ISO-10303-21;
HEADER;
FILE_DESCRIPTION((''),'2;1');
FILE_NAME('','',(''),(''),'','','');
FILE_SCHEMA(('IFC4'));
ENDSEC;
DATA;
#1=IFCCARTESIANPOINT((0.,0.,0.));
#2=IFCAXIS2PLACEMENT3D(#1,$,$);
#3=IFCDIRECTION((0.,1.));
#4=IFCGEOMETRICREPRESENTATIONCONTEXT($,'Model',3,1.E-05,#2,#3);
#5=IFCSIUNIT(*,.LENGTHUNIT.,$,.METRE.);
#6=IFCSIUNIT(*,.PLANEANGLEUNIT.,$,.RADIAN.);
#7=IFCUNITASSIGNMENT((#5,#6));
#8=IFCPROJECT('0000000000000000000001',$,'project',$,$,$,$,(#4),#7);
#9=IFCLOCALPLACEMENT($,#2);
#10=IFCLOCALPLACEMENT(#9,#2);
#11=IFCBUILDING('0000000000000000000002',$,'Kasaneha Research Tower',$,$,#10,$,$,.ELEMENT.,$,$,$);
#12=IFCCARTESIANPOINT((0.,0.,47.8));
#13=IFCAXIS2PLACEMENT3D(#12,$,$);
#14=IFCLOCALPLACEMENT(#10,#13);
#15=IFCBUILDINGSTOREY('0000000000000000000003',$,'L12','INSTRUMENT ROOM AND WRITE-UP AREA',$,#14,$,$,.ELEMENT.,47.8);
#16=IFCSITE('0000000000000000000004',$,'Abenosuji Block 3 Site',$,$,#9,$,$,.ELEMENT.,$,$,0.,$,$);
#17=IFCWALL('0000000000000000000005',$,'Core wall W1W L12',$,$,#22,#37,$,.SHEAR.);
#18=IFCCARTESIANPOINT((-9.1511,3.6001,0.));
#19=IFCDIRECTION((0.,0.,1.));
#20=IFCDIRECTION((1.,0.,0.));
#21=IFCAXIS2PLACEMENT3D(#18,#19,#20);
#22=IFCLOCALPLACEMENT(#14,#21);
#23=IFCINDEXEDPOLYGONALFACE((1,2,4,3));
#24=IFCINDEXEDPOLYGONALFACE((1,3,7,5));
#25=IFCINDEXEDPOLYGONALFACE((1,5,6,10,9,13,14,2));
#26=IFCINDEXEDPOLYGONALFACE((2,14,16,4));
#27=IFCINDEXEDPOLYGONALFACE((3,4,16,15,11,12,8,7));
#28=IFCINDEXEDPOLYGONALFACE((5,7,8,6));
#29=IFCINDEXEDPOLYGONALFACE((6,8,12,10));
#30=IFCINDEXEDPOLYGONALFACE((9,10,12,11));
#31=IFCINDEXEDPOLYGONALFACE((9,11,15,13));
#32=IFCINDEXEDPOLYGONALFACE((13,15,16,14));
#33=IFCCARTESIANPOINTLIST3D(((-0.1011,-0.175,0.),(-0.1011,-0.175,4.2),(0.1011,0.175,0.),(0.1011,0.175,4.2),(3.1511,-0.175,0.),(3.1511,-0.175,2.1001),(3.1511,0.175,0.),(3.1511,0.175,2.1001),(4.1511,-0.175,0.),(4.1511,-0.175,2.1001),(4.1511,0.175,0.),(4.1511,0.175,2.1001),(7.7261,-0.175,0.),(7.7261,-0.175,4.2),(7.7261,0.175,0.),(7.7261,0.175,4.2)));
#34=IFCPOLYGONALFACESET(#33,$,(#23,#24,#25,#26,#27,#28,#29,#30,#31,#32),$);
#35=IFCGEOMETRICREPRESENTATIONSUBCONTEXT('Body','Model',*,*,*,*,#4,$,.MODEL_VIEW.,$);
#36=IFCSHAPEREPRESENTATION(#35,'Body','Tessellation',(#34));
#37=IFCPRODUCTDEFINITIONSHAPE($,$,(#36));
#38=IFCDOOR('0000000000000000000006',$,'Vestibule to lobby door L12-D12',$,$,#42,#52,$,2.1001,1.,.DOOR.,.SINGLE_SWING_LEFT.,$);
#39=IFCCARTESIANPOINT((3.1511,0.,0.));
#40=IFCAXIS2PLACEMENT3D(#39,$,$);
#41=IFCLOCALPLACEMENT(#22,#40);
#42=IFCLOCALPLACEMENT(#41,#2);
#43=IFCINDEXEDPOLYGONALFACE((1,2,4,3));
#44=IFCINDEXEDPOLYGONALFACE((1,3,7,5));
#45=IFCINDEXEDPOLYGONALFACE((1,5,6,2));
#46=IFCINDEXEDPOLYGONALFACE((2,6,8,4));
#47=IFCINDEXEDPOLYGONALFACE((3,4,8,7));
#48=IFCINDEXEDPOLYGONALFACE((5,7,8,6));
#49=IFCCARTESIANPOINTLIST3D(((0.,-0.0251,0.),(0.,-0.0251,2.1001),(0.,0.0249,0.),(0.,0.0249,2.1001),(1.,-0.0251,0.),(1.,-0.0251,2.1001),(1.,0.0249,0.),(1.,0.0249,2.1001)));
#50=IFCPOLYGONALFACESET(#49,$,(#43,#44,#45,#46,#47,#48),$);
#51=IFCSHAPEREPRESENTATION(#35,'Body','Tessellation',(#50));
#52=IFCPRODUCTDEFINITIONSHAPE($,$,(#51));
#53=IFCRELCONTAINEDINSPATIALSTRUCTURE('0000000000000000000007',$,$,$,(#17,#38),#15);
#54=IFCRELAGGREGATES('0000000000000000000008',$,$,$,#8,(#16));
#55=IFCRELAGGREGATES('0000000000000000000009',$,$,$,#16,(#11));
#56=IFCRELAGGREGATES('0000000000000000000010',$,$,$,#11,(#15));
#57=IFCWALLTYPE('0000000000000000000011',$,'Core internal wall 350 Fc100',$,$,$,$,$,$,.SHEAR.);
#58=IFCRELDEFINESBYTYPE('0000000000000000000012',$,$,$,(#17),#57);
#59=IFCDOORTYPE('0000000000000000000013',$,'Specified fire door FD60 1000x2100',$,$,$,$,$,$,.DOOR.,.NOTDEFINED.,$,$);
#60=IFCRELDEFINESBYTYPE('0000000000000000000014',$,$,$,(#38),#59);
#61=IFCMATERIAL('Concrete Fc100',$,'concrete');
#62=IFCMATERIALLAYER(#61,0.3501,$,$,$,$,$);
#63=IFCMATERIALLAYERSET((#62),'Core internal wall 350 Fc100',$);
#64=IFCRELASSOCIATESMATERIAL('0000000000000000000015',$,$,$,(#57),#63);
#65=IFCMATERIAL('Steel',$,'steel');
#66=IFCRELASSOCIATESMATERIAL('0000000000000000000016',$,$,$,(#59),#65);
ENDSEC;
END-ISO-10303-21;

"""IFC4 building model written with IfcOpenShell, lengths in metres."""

from ifc_helpers import new_model, si_unit, direction, frame, frame_2d, origin, place, context, subcontext, project, spatial, polyline, rectangle, outline, extrude, material, layer, layer_set, type_object, element, fill, save


model = new_model("IFC4")

# Units and contexts
model_context = context("Model", 3, precision=1e-05, world=origin(), true_north=direction((0.0, 1.0)))
body_context = subcontext(model_context, "Body", "Model", "MODEL_VIEW")
ifc_project = project(units=[si_unit("LENGTHUNIT", "METRE"), si_unit("PLANEANGLEUNIT", "RADIAN")], contexts=[model_context])

# Site, building, storey
site_placement = place(None, origin())
site = spatial("IfcSite", under=ifc_project, at=site_placement, Name="Abenosuji Block 3 Site", CompositionType="ELEMENT", RefElevation=0.0)
building_placement = place(site_placement, origin())
building = spatial("IfcBuilding", under=site, at=building_placement, Name="Kasaneha Research Tower", CompositionType="ELEMENT")
storey_placement = place(building_placement, frame((0.0, 0.0, 47.8)))
storey = spatial("IfcBuildingStorey", under=building, at=storey_placement, Name="L12", Description="INSTRUMENT ROOM AND WRITE-UP AREA", CompositionType="ELEMENT", Elevation=47.8)

# Wall, opening, door
ifc_material_1 = material(Name="Concrete Fc100", Category="concrete")
ifc_layer_1 = layer(ifc_material_1, 0.3501)
ifc_layer_set_1 = layer_set([ifc_layer_1], Name="Core internal wall 350 Fc100")
wall_type_1 = type_object("IfcWallType", Name="Core internal wall 350 Fc100", PredefinedType="SHEAR", material=ifc_layer_set_1)
wall_1_placement = place(storey_placement, frame((-9.1511, 3.6001, 0.0), z_axis=(0.0, 0.0, 1.0), x_axis=(1.0, 0.0, 0.0)))
wall_1 = element("IfcWall", 1, at=wall_1_placement, inside=storey, type_object=wall_type_1, Name="Core wall W1W L12", PredefinedType="SHEAR", context=body_context, shape_type="SweptSolid", body=[
    extrude(outline(polyline([(-0.1011, -0.175), (3.1511, -0.175), (4.1511, -0.175), (7.7261, -0.175), (7.7261, 0.175), (4.1511, 0.175), (3.1511, 0.175), (0.1011, 0.175), (-0.1011, -0.175)])), origin(), (0.0, 0.0, 1.0), 4.2),
])
opening_1_placement = place(wall_1_placement, frame((3.1511, 0.0, 0.0)))
opening_1 = element("IfcOpeningElement", 2, at=opening_1_placement, cuts=wall_1, PredefinedType="OPENING", context=body_context, shape_type="SweptSolid", body=[
    extrude(rectangle(XDim=1.0, YDim=2.1001, at=frame_2d((0.5, 1.05))), frame((0.0, 0.1851, 0.0), z_axis=(0.0, -1.0, 0.0), x_axis=(1.0, 0.0, 0.0)), (0.0, 0.0, 1.0), 0.3701),
])
ifc_material_2 = material(Name="Steel", Category="steel")
door_type_1 = type_object("IfcDoorType", Name="Specified fire door FD60 1000x2100", OperationType="NOTDEFINED", PredefinedType="DOOR", material=ifc_material_2)
door_1_placement = place(opening_1_placement, origin())
door_1 = element("IfcDoor", 3, at=door_1_placement, inside=storey, type_object=door_type_1, Name="Vestibule to lobby door L12-D12", OperationType="SINGLE_SWING_LEFT", OverallHeight=2.1001, OverallWidth=1.0, PredefinedType="DOOR", context=body_context, shape_type="SweptSolid", body=[
    extrude(rectangle(XDim=1.0, YDim=2.1001, at=frame_2d((0.5, 1.05))), frame((0.0, 0.0249, 0.0), z_axis=(0.0, -1.0, 0.0), x_axis=(1.0, 0.0, 0.0)), (0.0, 0.0, 1.0), 0.05),
])
fill(opening_1, door_1)

save(model, "model.ifc")
